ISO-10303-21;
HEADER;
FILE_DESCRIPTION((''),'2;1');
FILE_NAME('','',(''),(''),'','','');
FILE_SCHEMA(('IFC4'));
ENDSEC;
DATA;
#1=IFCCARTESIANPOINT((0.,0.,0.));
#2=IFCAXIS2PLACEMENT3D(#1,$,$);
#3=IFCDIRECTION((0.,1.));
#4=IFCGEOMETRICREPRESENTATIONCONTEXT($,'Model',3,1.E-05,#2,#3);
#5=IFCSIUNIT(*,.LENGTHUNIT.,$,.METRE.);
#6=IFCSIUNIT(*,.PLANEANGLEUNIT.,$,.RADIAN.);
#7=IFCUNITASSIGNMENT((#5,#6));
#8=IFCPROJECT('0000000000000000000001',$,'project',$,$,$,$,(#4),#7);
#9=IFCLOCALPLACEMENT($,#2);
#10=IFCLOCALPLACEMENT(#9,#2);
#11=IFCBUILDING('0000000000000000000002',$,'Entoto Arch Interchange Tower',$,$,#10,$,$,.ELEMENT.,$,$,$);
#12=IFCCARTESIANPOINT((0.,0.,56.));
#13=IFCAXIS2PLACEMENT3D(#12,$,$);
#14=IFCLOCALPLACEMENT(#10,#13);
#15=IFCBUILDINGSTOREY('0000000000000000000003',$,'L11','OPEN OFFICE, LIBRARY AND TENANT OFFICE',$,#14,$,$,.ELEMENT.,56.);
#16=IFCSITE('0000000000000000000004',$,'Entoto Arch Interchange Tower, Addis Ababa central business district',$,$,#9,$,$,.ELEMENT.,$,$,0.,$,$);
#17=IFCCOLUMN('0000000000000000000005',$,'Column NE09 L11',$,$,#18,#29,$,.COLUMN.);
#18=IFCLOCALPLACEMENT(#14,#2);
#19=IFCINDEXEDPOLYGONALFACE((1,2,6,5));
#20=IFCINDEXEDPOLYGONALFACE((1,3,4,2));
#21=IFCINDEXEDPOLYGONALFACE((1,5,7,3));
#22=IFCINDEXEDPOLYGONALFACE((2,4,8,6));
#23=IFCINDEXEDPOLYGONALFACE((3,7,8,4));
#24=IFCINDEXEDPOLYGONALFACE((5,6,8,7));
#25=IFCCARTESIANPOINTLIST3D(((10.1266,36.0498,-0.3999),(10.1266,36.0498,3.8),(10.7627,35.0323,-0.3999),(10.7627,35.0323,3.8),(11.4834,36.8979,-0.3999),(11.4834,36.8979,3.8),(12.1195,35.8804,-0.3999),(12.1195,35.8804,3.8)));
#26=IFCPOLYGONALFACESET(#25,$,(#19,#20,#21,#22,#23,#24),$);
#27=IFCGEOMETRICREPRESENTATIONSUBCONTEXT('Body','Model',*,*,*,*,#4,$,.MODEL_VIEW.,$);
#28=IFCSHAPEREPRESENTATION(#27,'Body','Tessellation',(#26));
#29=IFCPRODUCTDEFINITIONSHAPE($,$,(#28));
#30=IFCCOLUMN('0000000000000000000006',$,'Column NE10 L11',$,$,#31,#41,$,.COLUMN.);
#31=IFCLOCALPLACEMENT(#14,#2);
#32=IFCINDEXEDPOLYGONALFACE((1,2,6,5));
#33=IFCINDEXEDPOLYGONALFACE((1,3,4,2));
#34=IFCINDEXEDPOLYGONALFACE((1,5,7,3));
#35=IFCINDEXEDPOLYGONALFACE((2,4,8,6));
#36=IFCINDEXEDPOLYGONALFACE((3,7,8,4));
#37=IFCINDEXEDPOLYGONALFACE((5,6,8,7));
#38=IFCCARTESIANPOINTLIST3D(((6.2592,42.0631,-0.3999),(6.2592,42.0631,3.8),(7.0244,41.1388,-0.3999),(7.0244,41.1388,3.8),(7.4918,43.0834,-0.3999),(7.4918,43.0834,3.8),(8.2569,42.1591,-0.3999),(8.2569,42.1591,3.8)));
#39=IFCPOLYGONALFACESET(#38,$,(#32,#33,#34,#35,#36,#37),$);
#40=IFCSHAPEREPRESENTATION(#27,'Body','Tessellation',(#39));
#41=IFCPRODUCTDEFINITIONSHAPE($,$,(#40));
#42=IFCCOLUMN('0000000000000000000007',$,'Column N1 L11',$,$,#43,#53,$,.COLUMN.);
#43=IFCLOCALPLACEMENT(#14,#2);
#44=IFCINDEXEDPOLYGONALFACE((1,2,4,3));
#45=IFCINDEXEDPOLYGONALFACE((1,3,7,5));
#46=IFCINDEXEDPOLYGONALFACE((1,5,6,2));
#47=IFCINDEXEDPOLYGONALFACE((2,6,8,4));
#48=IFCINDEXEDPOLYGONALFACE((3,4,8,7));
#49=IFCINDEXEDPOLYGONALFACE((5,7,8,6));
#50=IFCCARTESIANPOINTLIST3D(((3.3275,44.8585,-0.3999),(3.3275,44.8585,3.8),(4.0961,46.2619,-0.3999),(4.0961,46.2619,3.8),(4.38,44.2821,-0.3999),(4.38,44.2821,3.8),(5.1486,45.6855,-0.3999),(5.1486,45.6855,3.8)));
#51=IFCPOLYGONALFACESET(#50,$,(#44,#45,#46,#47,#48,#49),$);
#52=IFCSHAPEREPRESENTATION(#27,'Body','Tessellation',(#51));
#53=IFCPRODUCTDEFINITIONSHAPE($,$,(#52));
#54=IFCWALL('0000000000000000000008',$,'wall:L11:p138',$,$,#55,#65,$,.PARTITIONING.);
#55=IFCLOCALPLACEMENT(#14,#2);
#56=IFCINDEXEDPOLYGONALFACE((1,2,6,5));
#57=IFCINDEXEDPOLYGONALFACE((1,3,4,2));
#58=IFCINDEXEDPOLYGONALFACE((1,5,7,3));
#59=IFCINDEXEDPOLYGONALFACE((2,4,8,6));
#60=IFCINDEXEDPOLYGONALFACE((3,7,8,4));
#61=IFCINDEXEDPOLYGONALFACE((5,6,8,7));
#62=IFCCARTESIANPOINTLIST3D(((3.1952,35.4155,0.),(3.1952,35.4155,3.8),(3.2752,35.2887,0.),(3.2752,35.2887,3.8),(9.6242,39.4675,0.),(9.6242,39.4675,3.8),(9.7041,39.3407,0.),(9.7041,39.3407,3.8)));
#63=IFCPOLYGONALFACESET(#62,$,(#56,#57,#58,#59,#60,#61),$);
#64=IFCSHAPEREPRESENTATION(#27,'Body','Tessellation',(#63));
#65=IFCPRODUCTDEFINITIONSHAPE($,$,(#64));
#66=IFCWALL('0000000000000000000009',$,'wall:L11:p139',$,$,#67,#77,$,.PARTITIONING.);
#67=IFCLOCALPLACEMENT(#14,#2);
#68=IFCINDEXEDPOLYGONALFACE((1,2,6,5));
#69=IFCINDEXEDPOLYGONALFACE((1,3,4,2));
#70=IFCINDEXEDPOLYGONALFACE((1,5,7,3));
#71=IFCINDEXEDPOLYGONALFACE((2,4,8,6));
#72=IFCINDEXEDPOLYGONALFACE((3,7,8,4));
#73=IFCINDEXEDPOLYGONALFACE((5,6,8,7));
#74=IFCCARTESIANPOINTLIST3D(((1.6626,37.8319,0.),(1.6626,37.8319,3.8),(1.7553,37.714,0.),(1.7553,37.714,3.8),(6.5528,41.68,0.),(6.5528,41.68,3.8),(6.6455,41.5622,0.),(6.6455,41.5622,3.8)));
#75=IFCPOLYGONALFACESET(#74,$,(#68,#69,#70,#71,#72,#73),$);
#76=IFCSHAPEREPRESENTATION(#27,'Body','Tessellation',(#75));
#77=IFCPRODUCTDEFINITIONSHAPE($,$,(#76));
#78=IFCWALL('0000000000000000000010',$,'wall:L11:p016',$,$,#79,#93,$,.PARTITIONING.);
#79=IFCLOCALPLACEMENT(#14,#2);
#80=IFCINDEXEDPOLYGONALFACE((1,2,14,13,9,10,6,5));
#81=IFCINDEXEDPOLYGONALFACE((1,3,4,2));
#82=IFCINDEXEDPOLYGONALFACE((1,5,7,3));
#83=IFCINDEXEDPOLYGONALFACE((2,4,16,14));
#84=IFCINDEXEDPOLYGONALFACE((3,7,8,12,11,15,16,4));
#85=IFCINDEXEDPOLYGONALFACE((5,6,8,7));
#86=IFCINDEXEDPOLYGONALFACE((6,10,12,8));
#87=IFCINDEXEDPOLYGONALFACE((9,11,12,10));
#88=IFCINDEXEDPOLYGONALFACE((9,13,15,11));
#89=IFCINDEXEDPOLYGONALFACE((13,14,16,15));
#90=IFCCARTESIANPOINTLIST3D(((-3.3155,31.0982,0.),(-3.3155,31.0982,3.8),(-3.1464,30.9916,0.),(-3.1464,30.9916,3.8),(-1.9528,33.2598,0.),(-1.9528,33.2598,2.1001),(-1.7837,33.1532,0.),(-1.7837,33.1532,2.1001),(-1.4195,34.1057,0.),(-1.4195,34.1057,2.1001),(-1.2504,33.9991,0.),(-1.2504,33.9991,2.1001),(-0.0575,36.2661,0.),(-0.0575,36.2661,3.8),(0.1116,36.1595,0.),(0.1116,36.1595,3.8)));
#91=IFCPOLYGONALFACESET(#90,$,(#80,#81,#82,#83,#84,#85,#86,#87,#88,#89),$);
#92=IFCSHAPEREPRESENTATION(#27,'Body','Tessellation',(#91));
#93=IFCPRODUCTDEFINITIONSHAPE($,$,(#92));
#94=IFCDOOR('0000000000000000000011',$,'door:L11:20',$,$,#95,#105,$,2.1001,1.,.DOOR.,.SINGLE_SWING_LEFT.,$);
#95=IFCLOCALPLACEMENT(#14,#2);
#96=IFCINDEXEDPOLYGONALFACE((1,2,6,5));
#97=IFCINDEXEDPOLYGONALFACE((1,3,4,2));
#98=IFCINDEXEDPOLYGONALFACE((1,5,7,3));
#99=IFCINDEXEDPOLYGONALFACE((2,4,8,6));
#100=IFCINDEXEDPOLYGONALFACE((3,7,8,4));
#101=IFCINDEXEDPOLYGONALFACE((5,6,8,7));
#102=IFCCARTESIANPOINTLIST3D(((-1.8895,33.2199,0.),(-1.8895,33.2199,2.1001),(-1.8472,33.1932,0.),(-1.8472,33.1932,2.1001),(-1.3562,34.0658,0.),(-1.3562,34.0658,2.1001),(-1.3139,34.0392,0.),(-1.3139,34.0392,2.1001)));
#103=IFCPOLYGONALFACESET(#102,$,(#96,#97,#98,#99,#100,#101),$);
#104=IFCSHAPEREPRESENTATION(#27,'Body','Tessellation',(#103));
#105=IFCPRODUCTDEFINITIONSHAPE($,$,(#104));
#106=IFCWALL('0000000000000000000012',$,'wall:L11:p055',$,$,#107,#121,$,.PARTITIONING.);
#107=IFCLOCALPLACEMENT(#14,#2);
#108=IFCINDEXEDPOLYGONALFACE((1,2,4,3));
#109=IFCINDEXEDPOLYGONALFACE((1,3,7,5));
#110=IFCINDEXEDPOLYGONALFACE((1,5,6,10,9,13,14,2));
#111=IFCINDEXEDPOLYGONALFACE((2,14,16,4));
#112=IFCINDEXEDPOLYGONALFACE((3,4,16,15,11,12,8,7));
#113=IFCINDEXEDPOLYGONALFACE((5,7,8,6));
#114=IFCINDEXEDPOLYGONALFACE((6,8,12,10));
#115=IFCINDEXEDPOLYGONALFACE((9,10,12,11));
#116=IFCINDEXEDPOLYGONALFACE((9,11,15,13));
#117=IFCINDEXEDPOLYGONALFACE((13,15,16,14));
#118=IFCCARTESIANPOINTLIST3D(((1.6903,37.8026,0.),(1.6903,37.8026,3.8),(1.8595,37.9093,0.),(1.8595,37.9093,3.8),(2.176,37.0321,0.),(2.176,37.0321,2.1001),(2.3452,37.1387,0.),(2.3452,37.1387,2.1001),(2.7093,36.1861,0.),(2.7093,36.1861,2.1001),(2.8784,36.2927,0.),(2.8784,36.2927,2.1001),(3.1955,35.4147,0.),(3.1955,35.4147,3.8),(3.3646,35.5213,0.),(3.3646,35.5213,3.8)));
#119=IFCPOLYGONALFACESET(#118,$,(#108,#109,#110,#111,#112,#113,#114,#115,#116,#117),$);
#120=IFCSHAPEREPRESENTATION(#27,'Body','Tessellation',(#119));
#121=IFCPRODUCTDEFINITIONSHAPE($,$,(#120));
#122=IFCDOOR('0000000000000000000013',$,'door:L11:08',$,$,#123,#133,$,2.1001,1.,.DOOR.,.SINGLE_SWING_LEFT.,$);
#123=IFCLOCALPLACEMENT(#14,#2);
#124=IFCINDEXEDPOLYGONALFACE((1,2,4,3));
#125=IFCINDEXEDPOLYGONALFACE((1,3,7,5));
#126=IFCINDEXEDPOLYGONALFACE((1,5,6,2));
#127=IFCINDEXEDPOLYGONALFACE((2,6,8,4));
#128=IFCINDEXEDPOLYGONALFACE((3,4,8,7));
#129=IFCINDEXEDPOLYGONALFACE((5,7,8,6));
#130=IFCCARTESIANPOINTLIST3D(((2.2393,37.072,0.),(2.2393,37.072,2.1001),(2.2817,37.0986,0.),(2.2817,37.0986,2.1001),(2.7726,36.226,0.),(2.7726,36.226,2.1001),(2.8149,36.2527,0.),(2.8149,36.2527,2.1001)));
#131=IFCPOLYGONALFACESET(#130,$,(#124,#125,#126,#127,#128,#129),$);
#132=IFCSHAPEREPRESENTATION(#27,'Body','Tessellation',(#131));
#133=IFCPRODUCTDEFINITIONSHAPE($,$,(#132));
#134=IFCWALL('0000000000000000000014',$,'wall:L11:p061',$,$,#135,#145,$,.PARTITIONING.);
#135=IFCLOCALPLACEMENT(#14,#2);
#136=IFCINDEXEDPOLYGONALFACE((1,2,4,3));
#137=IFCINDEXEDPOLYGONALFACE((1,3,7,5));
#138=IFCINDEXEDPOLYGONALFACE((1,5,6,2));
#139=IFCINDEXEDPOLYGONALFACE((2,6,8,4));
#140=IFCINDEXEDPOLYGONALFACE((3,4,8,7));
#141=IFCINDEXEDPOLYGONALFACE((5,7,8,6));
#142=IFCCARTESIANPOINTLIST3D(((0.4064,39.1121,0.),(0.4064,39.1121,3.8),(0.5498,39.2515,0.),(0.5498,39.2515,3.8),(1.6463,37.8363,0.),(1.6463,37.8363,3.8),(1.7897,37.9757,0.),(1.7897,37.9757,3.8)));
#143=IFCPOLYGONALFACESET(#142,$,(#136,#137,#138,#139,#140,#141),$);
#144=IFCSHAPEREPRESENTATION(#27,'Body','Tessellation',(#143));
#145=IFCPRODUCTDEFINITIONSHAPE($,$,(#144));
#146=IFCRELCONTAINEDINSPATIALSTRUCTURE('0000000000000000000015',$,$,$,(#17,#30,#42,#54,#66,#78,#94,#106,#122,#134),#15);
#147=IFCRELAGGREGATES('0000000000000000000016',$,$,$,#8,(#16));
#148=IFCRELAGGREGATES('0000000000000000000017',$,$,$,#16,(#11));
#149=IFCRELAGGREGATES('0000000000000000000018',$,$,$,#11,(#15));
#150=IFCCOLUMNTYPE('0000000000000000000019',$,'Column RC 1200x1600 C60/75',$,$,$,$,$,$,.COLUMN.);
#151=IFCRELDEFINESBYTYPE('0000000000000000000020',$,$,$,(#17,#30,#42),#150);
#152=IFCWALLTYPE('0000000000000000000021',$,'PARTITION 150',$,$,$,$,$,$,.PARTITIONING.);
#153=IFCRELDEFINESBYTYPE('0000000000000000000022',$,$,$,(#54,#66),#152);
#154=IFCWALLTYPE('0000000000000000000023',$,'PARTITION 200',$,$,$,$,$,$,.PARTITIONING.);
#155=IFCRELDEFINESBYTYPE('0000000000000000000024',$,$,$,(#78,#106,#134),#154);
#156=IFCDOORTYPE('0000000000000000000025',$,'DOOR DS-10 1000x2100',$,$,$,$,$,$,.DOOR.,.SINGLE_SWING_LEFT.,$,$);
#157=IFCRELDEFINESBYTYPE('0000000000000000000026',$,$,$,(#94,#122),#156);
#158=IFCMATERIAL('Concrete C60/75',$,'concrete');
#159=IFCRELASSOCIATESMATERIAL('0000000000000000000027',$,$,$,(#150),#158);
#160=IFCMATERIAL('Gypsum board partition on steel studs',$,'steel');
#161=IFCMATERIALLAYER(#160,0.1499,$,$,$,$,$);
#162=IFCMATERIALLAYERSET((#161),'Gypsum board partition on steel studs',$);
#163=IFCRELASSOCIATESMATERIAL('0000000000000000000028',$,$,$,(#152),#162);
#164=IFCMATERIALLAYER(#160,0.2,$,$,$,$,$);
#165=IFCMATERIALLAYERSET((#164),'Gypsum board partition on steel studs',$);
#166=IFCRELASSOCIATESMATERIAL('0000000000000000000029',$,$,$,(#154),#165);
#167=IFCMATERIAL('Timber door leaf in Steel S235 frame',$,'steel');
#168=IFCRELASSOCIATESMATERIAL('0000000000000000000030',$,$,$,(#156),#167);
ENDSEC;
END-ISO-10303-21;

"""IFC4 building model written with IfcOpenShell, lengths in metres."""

from ifc_helpers import new_model, si_unit, direction, frame, frame_2d, origin, origin_2d, place, context, subcontext, project, spatial, rectangle, extrude, material, layer, layer_set, material_profile, profile_set, type_object, element, fill, save


model = new_model("IFC4")

# Units and contexts
model_context = context("Model", 3, precision=1e-05, world=origin(), true_north=direction((0.0, 1.0)))
body_context = subcontext(model_context, "Body", "Model", "MODEL_VIEW")
ifc_project = project(units=[si_unit("LENGTHUNIT", "METRE"), si_unit("PLANEANGLEUNIT", "RADIAN")], contexts=[model_context])

# Site, building, storey
site_placement = place(None, origin())
site = spatial("IfcSite", under=ifc_project, at=site_placement, Name="Entoto Arch Interchange Tower, Addis Ababa central business district", CompositionType="ELEMENT", RefElevation=0.0)
building_placement = place(site_placement, origin())
building = spatial("IfcBuilding", under=site, at=building_placement, Name="Entoto Arch Interchange Tower", CompositionType="ELEMENT")
storey_placement = place(building_placement, frame((0.0, 0.0, 56.0)))
storey = spatial("IfcBuildingStorey", under=building, at=storey_placement, Name="L11", Description="OPEN OFFICE, LIBRARY AND TENANT OFFICE", CompositionType="ELEMENT", Elevation=56.0)

# Columns
ifc_material_1 = material(Name="Concrete C60/75", Category="concrete")
ifc_material_profile = material_profile(ifc_material_1, rectangle(XDim=1.2, YDim=1.6001, at=origin_2d()))
ifc_profile_set = profile_set([ifc_material_profile], Name="Concrete C60/75")
column_type = type_object("IfcColumnType", Name="Column RC 1200x1600 C60/75", PredefinedType="COLUMN", material=ifc_profile_set)
for number, where, z_axis, x_axis, name in (
    (1, (11.123, 35.9651, -0.3999), (0.0, 0.0, 1.0), (-0.530067, 0.847956, 0.0), "Column NE09 L11"),
    (2, (7.2581, 42.1111, -0.3999), (0.0, 0.0, 1.0), (-0.637666, 0.770313, 0.0), "Column NE10 L11"),
    (3, (4.238, 45.272, -0.3999), (0.0, 0.0, 1.0), (-0.877079, 0.480346, 0.0), "Column N1 L11"),
):
    element("IfcColumn", number, at=place(storey_placement, frame(where, z_axis=z_axis, x_axis=x_axis)), inside=storey, type_object=column_type, Name=name, PredefinedType="COLUMN", context=body_context, shape_type="SweptSolid", body=[
        extrude(rectangle(XDim=1.2, YDim=1.6001, at=origin_2d()), origin(), (0.0, 0.0, 1.0), 4.2),
    ])

# Walls
ifc_material_2 = material(Name="Gypsum board partition on steel studs", Category="steel")
ifc_layer_1 = layer(ifc_material_2, 0.1499)
ifc_layer_set_1 = layer_set([ifc_layer_1], Name="Gypsum board partition on steel studs")
wall_type_1 = type_object("IfcWallType", Name="PARTITION 150", PredefinedType="PARTITIONING", material=ifc_layer_set_1)
wall_1_placement = place(storey_placement, frame((3.2351, 35.3521, 0.0), z_axis=(0.0, 0.0, 1.0), x_axis=(0.845987, 0.533203, 0.0)))
element("IfcWall", 4, at=wall_1_placement, inside=storey, type_object=wall_type_1, Name="wall:L11:p138", PredefinedType="PARTITIONING", context=body_context, shape_type="SweptSolid", body=[
    extrude(rectangle(XDim=7.5994, YDim=0.1499, at=frame_2d((3.7998, 0.0))), origin(), (0.0, 0.0, 1.0), 3.8),
])
wall_2_placement = place(storey_placement, frame((1.709, 37.7729, 0.0), z_axis=(0.0, 0.0, 1.0), x_axis=(0.785858, 0.618407, 0.0)))
element("IfcWall", 5, at=wall_2_placement, inside=storey, type_object=wall_type_1, Name="wall:L11:p139", PredefinedType="PARTITIONING", context=body_context, shape_type="SweptSolid", body=[
    extrude(rectangle(XDim=6.2227, YDim=0.1499, at=frame_2d((3.1113, 0.0))), origin(), (0.0, 0.0, 1.0), 3.8),
])

# Walls, openings, doors
ifc_layer_2 = layer(ifc_material_2, 0.2)
ifc_layer_set_2 = layer_set([ifc_layer_2], Name="Gypsum board partition on steel studs")
wall_type_2 = type_object("IfcWallType", Name="PARTITION 200", PredefinedType="PARTITIONING", material=ifc_layer_set_2)
wall_3_placement = place(storey_placement, frame((0.0271, 36.2129, 0.0), z_axis=(0.0, 0.0, 1.0), x_axis=(-0.5333, -0.845926, 0.0)))
wall_3 = element("IfcWall", 6, at=wall_3_placement, inside=storey, type_object=wall_type_2, Name="wall:L11:p016", PredefinedType="PARTITIONING", context=body_context, shape_type="SweptSolid", body=[
    extrude(rectangle(XDim=6.1091, YDim=0.2, at=frame_2d((3.0547, 0.0))), origin(), (0.0, 0.0, 1.0), 3.8),
])
opening_1_placement = place(wall_3_placement, frame((2.554, 0.0, 0.0)))
opening_1 = element("IfcOpeningElement", 7, at=opening_1_placement, cuts=wall_3, PredefinedType="OPENING", context=body_context, shape_type="SweptSolid", body=[
    extrude(rectangle(XDim=1.0, YDim=2.1001, at=frame_2d((0.5, 1.05))), frame((0.0, 0.1099, 0.0), z_axis=(0.0, -1.0, 0.0), x_axis=(1.0, 0.0, 0.0)), (0.0, 0.0, 1.0), 0.22),
])
ifc_material_3 = material(Name="Timber door leaf in Steel S235 frame", Category="steel")
door_type = type_object("IfcDoorType", Name="DOOR DS-10 1000x2100", OperationType="SINGLE_SWING_LEFT", PredefinedType="DOOR", material=ifc_material_3)
door_1_placement = place(opening_1_placement, origin())
door_1 = element("IfcDoor", 8, at=door_1_placement, inside=storey, type_object=door_type, Name="door:L11:20", OperationType="SINGLE_SWING_LEFT", OverallHeight=2.1001, OverallWidth=1.0, PredefinedType="DOOR", context=body_context, shape_type="SweptSolid", body=[
    extrude(rectangle(XDim=1.0, YDim=2.1001, at=frame_2d((0.5, 1.05))), frame((0.0, 0.0249, 0.0), z_axis=(0.0, -1.0, 0.0), x_axis=(1.0, 0.0, 0.0)), (0.0, 0.0, 1.0), 0.05),
])
fill(opening_1, door_1)
wall_4_placement = place(storey_placement, frame((1.7749, 37.856, 0.0), z_axis=(0.0, 0.0, 1.0), x_axis=(0.533222, -0.845976, 0.0)))
wall_4 = element("IfcWall", 9, at=wall_4_placement, inside=storey, type_object=wall_type_2, Name="wall:L11:p055", PredefinedType="PARTITIONING", context=body_context, shape_type="SweptSolid", body=[
    extrude(rectangle(XDim=2.8228, YDim=0.2, at=frame_2d((1.4114, 0.0))), origin(), (0.0, 0.0, 1.0), 3.8),
])
opening_2_placement = place(wall_4_placement, frame((0.9109, 0.0, 0.0)))
opening_2 = element("IfcOpeningElement", 10, at=opening_2_placement, cuts=wall_4, PredefinedType="OPENING", context=body_context, shape_type="SweptSolid", body=[
    extrude(rectangle(XDim=1.0, YDim=2.1001, at=frame_2d((0.5, 1.05))), frame((0.0, 0.1099, 0.0), z_axis=(0.0, -1.0, 0.0), x_axis=(1.0, 0.0, 0.0)), (0.0, 0.0, 1.0), 0.22),
])
door_2_placement = place(opening_2_placement, origin())
door_2 = element("IfcDoor", 11, at=door_2_placement, inside=storey, type_object=door_type, Name="door:L11:08", OperationType="SINGLE_SWING_LEFT", OverallHeight=2.1001, OverallWidth=1.0, PredefinedType="DOOR", context=body_context, shape_type="SweptSolid", body=[
    extrude(rectangle(XDim=1.0, YDim=2.1001, at=frame_2d((0.5, 1.05))), frame((0.0, 0.0249, 0.0), z_axis=(0.0, -1.0, 0.0), x_axis=(1.0, 0.0, 0.0)), (0.0, 0.0, 1.0), 0.05),
])
fill(opening_2, door_2)

# Wall
wall_5_placement = place(storey_placement, frame((0.478, 39.1819, 0.0), z_axis=(0.0, 0.0, 1.0), x_axis=(0.696949, -0.717121, 0.0)))
element("IfcWall", 12, at=wall_5_placement, inside=storey, type_object=wall_type_2, Name="wall:L11:p061", PredefinedType="PARTITIONING", context=body_context, shape_type="SweptSolid", body=[
    extrude(rectangle(XDim=1.7791, YDim=0.2, at=frame_2d((0.8896, 0.0))), origin(), (0.0, 0.0, 1.0), 3.8),
])

save(model, "model.ifc")
